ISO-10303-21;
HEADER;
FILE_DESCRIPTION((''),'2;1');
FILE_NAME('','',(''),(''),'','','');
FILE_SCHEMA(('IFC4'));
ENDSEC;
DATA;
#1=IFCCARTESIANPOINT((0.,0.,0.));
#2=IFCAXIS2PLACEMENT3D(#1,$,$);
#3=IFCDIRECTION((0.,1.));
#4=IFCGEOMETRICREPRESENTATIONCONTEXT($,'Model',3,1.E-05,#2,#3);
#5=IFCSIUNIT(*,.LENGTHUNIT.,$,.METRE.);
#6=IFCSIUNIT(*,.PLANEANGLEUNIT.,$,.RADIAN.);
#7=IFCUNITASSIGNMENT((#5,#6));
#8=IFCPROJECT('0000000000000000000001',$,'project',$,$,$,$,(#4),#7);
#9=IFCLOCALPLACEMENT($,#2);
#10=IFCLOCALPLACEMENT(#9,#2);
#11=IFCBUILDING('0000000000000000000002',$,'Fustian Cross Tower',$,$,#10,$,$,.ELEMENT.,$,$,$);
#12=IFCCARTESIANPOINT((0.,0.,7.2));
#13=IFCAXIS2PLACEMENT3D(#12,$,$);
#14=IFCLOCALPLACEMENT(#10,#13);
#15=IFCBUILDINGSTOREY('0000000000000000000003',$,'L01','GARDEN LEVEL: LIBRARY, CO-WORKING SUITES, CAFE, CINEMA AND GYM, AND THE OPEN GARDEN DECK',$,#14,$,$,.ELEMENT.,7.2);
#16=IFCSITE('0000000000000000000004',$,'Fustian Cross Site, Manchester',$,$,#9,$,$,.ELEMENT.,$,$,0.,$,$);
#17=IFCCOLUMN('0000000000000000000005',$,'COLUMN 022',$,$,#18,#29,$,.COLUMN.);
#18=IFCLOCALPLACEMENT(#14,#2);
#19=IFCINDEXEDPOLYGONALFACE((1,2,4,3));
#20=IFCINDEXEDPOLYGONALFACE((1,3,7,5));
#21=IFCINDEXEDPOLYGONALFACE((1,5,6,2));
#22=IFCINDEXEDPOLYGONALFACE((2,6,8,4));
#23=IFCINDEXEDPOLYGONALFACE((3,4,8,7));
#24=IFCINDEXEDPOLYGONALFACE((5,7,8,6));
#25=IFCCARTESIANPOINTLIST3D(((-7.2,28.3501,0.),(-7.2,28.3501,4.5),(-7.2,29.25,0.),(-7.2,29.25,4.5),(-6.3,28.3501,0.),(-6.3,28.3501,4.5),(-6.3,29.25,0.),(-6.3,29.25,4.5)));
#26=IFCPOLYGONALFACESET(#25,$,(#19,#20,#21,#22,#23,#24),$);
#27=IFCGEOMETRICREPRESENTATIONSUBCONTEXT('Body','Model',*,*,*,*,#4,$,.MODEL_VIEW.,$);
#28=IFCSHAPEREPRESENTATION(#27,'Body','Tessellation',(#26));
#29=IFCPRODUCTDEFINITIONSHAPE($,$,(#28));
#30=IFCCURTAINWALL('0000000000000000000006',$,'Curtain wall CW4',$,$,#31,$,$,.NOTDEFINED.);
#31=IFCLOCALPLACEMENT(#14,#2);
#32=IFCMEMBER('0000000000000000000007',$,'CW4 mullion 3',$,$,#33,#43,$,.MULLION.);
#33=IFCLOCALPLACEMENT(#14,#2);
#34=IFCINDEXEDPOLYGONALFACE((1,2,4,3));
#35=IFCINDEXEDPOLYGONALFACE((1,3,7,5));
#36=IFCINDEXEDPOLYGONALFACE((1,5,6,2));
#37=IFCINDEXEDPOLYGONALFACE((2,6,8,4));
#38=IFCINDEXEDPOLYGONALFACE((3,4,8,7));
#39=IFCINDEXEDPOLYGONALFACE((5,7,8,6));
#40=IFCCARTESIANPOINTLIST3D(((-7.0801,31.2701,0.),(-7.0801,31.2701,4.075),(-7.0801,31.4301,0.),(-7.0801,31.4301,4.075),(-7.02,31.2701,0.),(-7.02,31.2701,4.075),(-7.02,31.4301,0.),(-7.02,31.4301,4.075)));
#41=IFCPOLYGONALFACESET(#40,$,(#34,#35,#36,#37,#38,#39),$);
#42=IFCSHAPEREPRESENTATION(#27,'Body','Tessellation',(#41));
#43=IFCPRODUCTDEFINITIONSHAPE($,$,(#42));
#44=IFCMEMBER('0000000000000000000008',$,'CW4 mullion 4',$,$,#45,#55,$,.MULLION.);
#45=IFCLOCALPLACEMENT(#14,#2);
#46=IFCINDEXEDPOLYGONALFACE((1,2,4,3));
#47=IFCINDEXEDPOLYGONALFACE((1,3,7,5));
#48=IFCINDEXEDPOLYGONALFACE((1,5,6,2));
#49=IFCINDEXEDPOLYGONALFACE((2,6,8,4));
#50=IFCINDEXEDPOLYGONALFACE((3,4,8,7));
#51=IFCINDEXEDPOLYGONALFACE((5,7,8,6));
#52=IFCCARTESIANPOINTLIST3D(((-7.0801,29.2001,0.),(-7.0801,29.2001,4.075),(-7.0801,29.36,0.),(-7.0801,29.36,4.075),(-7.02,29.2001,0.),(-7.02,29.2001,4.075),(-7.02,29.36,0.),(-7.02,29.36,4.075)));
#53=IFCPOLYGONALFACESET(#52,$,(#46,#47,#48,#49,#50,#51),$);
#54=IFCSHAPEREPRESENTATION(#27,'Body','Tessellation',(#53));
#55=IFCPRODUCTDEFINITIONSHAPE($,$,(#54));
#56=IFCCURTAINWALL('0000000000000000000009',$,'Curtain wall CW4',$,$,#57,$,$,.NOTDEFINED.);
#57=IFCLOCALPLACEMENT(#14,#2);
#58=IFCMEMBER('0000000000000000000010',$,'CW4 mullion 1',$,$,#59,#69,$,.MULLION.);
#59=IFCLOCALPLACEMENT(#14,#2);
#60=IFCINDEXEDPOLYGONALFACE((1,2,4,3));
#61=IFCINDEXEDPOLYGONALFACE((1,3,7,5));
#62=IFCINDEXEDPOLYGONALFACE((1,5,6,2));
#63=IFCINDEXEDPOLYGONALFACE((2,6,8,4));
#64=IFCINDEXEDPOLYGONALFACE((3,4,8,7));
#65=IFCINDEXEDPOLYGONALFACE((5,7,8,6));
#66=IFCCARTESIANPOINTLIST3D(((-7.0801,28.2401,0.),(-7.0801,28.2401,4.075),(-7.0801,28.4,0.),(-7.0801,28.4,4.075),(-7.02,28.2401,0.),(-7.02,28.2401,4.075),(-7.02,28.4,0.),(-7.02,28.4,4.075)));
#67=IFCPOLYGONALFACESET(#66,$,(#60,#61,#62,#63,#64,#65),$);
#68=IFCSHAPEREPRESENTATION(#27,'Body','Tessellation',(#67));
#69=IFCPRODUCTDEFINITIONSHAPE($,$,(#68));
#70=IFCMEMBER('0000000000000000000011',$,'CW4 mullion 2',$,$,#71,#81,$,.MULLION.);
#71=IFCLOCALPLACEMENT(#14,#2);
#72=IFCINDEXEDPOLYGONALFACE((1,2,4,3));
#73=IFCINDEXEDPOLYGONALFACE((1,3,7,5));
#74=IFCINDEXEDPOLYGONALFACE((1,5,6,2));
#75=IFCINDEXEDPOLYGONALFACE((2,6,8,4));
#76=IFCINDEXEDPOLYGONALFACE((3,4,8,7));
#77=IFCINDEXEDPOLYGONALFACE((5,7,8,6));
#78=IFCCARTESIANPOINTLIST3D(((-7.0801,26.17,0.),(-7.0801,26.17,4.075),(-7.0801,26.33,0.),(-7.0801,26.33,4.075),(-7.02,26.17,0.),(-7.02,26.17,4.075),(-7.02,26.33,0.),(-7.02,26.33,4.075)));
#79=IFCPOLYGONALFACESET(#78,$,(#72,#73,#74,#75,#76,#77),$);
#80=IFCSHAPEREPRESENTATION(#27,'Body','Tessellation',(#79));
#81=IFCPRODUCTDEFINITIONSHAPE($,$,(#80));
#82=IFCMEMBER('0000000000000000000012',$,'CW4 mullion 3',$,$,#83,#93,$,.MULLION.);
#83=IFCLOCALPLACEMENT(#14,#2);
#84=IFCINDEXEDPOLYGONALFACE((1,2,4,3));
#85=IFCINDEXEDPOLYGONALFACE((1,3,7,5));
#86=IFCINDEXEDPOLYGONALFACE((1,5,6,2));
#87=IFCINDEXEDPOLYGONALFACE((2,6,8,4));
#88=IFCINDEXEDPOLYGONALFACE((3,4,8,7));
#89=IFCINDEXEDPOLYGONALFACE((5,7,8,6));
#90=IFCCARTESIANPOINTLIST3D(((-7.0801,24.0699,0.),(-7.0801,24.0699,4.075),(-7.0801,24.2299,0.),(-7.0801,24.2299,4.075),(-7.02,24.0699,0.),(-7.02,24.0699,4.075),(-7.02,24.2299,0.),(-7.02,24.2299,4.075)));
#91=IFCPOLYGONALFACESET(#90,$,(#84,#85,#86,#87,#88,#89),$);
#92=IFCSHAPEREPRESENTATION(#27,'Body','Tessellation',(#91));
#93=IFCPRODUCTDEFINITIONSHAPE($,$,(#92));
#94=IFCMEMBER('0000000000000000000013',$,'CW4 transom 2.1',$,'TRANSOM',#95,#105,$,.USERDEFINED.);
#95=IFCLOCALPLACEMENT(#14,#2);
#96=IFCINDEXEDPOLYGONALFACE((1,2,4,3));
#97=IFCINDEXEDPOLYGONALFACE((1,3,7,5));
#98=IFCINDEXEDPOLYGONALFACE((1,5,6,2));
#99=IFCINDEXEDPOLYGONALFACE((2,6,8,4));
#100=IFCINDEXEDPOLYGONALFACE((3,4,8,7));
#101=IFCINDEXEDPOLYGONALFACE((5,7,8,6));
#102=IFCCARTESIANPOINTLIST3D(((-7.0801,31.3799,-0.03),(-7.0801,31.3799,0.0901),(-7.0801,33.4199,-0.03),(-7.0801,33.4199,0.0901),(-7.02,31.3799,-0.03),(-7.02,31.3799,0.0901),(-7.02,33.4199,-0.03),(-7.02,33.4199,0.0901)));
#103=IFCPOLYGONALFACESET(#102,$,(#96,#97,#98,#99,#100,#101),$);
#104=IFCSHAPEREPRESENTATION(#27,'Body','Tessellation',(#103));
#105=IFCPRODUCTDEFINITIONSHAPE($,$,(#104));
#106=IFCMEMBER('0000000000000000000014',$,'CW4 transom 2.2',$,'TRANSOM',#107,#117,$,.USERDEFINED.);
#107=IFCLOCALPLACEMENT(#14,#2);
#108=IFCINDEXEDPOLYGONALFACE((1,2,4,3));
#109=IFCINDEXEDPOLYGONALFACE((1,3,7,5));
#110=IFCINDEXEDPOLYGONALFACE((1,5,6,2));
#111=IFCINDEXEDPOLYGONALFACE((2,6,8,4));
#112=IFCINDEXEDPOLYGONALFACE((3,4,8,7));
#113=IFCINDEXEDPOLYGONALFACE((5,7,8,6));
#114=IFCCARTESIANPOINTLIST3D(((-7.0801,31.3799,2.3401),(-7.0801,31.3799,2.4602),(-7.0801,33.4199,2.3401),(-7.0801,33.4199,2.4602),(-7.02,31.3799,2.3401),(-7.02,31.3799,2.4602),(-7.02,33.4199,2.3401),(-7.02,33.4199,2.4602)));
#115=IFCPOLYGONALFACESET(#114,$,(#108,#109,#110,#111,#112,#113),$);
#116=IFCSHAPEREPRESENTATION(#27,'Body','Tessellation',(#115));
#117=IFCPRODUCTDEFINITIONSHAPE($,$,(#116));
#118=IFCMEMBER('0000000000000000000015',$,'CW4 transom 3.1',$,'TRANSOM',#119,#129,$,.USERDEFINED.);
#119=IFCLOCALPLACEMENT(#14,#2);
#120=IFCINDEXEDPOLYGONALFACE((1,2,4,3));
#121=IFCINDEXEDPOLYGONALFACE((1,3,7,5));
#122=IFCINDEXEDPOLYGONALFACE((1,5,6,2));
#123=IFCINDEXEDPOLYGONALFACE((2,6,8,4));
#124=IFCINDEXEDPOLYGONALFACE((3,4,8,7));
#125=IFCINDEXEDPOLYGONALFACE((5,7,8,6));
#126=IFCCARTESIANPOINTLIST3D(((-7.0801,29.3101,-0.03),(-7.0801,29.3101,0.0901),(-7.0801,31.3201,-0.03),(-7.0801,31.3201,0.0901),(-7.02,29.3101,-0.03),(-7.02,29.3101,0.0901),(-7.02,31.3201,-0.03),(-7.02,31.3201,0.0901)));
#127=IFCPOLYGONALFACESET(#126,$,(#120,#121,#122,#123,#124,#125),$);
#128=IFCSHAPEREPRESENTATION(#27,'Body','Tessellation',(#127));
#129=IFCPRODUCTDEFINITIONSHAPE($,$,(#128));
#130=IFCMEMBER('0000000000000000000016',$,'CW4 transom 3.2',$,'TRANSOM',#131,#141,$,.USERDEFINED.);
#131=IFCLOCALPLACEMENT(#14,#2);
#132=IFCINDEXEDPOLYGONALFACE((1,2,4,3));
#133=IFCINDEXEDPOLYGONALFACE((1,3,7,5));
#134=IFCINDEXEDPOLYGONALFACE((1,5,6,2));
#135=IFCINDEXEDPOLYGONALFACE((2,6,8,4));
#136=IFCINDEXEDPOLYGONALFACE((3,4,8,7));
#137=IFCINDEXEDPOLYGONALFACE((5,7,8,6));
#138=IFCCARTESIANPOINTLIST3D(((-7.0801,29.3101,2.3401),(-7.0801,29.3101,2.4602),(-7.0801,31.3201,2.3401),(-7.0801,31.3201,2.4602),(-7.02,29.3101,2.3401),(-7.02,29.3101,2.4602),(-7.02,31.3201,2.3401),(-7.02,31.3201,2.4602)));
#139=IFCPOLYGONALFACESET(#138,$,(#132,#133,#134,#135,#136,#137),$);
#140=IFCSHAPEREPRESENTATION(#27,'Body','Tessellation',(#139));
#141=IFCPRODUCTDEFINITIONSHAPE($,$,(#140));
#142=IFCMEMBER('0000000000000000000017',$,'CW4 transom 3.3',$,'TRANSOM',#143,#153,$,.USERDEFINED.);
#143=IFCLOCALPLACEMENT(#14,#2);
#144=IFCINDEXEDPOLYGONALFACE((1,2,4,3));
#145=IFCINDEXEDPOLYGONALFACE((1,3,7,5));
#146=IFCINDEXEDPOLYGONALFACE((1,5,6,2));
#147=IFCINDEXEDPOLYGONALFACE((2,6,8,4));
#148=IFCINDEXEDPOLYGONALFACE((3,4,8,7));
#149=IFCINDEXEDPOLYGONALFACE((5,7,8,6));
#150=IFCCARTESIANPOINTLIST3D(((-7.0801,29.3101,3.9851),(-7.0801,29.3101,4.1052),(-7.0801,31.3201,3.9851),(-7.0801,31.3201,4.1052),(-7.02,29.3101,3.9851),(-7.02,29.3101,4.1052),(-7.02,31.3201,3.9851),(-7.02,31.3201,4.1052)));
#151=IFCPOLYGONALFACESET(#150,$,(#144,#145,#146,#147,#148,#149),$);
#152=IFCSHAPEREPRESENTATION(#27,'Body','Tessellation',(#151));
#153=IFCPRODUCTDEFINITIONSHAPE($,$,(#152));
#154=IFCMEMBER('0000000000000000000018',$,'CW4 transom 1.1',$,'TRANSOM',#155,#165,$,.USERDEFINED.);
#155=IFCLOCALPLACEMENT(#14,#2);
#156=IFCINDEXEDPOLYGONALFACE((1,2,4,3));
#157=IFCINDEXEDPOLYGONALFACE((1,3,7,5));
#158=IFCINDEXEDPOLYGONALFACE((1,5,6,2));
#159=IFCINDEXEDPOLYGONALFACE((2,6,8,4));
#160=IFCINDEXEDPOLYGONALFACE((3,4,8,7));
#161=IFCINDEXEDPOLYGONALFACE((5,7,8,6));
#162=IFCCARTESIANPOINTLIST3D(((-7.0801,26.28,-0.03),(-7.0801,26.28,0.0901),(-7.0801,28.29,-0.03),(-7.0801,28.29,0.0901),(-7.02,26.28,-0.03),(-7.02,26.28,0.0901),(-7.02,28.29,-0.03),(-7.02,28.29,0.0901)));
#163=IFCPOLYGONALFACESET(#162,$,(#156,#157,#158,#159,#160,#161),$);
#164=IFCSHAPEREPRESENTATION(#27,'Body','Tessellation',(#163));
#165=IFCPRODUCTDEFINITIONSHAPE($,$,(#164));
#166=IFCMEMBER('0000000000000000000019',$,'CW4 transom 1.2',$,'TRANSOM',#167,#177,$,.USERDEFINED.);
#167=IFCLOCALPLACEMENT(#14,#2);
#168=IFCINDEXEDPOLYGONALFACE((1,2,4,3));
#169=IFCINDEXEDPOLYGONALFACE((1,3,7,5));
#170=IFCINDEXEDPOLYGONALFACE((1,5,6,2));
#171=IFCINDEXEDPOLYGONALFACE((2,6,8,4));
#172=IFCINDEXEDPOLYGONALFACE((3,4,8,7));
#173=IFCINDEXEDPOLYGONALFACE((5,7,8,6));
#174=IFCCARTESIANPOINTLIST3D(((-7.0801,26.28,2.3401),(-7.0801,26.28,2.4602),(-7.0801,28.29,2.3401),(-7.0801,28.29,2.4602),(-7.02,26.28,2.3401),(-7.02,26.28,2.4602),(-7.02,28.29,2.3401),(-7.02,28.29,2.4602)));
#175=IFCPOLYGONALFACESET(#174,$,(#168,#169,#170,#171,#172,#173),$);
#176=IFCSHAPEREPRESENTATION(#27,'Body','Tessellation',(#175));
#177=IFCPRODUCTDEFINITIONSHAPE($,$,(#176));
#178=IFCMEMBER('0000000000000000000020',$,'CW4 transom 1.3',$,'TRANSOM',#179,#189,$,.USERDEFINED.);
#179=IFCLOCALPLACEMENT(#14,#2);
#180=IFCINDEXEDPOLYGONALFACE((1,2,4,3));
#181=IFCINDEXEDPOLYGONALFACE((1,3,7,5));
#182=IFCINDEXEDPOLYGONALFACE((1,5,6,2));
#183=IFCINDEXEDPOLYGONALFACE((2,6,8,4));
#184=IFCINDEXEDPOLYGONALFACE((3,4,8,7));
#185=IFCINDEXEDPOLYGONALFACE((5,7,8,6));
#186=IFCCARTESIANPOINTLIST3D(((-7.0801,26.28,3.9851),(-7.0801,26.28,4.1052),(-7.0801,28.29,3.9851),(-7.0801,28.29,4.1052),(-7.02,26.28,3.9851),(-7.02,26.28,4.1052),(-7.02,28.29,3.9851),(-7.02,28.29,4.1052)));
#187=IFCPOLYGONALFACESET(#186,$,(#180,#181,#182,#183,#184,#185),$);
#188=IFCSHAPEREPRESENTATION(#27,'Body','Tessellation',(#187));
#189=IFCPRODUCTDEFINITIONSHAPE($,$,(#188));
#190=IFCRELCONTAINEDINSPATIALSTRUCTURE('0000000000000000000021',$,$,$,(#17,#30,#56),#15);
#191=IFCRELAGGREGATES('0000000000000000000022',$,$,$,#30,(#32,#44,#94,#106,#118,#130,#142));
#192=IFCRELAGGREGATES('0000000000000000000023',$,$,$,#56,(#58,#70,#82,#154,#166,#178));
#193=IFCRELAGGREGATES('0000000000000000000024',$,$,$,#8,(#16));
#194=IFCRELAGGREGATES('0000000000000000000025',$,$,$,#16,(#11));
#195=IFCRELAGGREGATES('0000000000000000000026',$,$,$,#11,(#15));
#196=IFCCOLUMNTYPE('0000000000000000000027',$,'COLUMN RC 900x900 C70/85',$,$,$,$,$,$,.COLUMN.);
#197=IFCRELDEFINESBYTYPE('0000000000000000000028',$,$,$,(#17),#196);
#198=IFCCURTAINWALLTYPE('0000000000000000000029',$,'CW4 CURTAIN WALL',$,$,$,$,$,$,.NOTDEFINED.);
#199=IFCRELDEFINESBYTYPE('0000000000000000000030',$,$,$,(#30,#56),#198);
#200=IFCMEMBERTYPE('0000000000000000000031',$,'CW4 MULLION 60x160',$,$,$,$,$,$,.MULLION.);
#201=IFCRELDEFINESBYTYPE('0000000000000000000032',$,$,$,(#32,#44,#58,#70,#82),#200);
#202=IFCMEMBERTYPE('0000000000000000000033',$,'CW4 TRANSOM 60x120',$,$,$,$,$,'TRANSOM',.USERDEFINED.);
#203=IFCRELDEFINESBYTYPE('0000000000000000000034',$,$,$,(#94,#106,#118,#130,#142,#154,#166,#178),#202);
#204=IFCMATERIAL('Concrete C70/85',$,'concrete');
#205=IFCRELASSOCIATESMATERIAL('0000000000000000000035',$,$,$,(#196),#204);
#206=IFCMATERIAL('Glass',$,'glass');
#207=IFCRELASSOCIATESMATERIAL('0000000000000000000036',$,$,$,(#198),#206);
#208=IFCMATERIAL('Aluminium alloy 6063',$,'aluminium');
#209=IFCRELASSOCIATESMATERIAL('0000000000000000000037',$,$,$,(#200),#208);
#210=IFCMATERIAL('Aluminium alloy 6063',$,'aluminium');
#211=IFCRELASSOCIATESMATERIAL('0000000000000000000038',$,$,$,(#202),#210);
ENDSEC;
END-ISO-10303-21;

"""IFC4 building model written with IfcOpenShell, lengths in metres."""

from ifc_helpers import new_model, si_unit, direction, frame, origin, origin_2d, place, context, subcontext, project, spatial, rectangle, extrude, material, material_profile, profile_set, type_object, element, aggregate, save


model = new_model("IFC4")

# Units and contexts
model_context = context("Model", 3, precision=1e-05, world=origin(), true_north=direction((0.0, 1.0)))
body_context = subcontext(model_context, "Body", "Model", "MODEL_VIEW")
ifc_project = project(units=[si_unit("LENGTHUNIT", "METRE"), si_unit("PLANEANGLEUNIT", "RADIAN")], contexts=[model_context])

# Site, building, storey
site_placement = place(None, origin())
site = spatial("IfcSite", under=ifc_project, at=site_placement, Name="Fustian Cross Site, Manchester", CompositionType="ELEMENT", RefElevation=0.0)
building_placement = place(site_placement, origin())
building = spatial("IfcBuilding", under=site, at=building_placement, Name="Fustian Cross Tower", CompositionType="ELEMENT")
storey_placement = place(building_placement, frame((0.0, 0.0, 7.2)))
storey = spatial("IfcBuildingStorey", under=building, at=storey_placement, Name="L01", Description="GARDEN LEVEL: LIBRARY, CO-WORKING SUITES, CAFE, CINEMA AND GYM, AND THE OPEN GARDEN DECK", CompositionType="ELEMENT", Elevation=7.2)

# Column
ifc_material_1 = material(Name="Concrete C70/85", Category="concrete")
ifc_material_profile_1 = material_profile(ifc_material_1, rectangle(XDim=0.8999, YDim=0.8999, at=origin_2d()), Name="RC 900x900")
ifc_profile_set_1 = profile_set([ifc_material_profile_1], Name="Concrete C70/85")
column_type = type_object("IfcColumnType", Name="COLUMN RC 900x900 C70/85", PredefinedType="COLUMN", material=ifc_profile_set_1)
column_placement = place(storey_placement, frame((-6.75, 28.8, 0.0), z_axis=(0.0, 0.0, 1.0), x_axis=(1.0, 0.0, 0.0)))
element("IfcColumn", 1, at=column_placement, inside=storey, type_object=column_type, Name="COLUMN 022", PredefinedType="COLUMN", context=body_context, shape_type="SweptSolid", body=[
    extrude(rectangle(XDim=0.8999, YDim=0.8999, at=origin_2d()), origin(), (0.0, 0.0, 1.0), 4.5),
])

# Curtain walls, members
ifc_material_2 = material(Name="Glass", Category="glass")
curtain_wall_type = type_object("IfcCurtainWallType", Name="CW4 CURTAIN WALL", PredefinedType="NOTDEFINED", material=ifc_material_2)
curtain_wall_1_placement = place(storey_placement, origin())
curtain_wall_1 = element("IfcCurtainWall", 2, at=curtain_wall_1_placement, inside=storey, type_object=curtain_wall_type, Name="Curtain wall CW4", PredefinedType="NOTDEFINED")
ifc_material_3 = material(Name="Aluminium alloy 6063", Category="aluminium")
ifc_material_profile_2 = material_profile(ifc_material_3, rectangle(XDim=0.0601, YDim=0.1599, at=origin_2d()), Name="CW4 MULLION 60x160")
ifc_profile_set_2 = profile_set([ifc_material_profile_2], Name="Aluminium alloy 6063")
member_type_1 = type_object("IfcMemberType", Name="CW4 MULLION 60x160", PredefinedType="MULLION", material=ifc_profile_set_2)
member_1_placement = place(storey_placement, frame((-7.05, 31.3501, 0.0), z_axis=(0.0, 0.0, 1.0), x_axis=(1.0, 0.0, 0.0)))
member_1 = element("IfcMember", 3, at=member_1_placement, type_object=member_type_1, Name="CW4 mullion 3", PredefinedType="MULLION", context=body_context, shape_type="SweptSolid", body=[
    extrude(rectangle(XDim=0.0601, YDim=0.1599, at=origin_2d()), origin(), (0.0, 0.0, 1.0), 4.075),
])
member_2_placement = place(storey_placement, frame((-7.05, 29.28, 0.0), z_axis=(0.0, 0.0, 1.0), x_axis=(1.0, 0.0, 0.0)))
member_2 = element("IfcMember", 4, at=member_2_placement, type_object=member_type_1, Name="CW4 mullion 4", PredefinedType="MULLION", context=body_context, shape_type="SweptSolid", body=[
    extrude(rectangle(XDim=0.0601, YDim=0.1599, at=origin_2d()), origin(), (0.0, 0.0, 1.0), 4.075),
])
curtain_wall_2_placement = place(storey_placement, origin())
curtain_wall_2 = element("IfcCurtainWall", 5, at=curtain_wall_2_placement, inside=storey, type_object=curtain_wall_type, Name="Curtain wall CW4", PredefinedType="NOTDEFINED")
member_3_placement = place(storey_placement, frame((-7.05, 28.3201, 0.0), z_axis=(0.0, 0.0, 1.0), x_axis=(1.0, 0.0, 0.0)))
member_3 = element("IfcMember", 6, at=member_3_placement, type_object=member_type_1, Name="CW4 mullion 1", PredefinedType="MULLION", context=body_context, shape_type="SweptSolid", body=[
    extrude(rectangle(XDim=0.0601, YDim=0.1599, at=origin_2d()), origin(), (0.0, 0.0, 1.0), 4.075),
])
member_4_placement = place(storey_placement, frame((-7.05, 26.25, 0.0), z_axis=(0.0, 0.0, 1.0), x_axis=(1.0, 0.0, 0.0)))
member_4 = element("IfcMember", 7, at=member_4_placement, type_object=member_type_1, Name="CW4 mullion 2", PredefinedType="MULLION", context=body_context, shape_type="SweptSolid", body=[
    extrude(rectangle(XDim=0.0601, YDim=0.1599, at=origin_2d()), origin(), (0.0, 0.0, 1.0), 4.075),
])
member_5_placement = place(storey_placement, frame((-7.05, 24.1499, 0.0), z_axis=(0.0, 0.0, 1.0), x_axis=(1.0, 0.0, 0.0)))
member_5 = element("IfcMember", 8, at=member_5_placement, type_object=member_type_1, Name="CW4 mullion 3", PredefinedType="MULLION", context=body_context, shape_type="SweptSolid", body=[
    extrude(rectangle(XDim=0.0601, YDim=0.1599, at=origin_2d()), origin(), (0.0, 0.0, 1.0), 4.075),
])

# Members
ifc_material_4 = material(Name="Aluminium alloy 6063", Category="aluminium")
ifc_material_profile_3 = material_profile(ifc_material_4, rectangle(XDim=0.0601, YDim=0.1201, at=origin_2d()), Name="CW4 TRANSOM 60x120")
ifc_profile_set_3 = profile_set([ifc_material_profile_3], Name="Aluminium alloy 6063")
member_type_2 = type_object("IfcMemberType", Name="CW4 TRANSOM 60x120", ElementType="TRANSOM", PredefinedType="USERDEFINED", material=ifc_profile_set_3)
member_6_placement = place(storey_placement, frame((-7.05, 33.4199, 0.03), z_axis=(0.0, -1.0, 0.0), x_axis=(1.0, 0.0, 0.0)))
member_6 = element("IfcMember", 9, at=member_6_placement, type_object=member_type_2, Name="CW4 transom 2.1", ObjectType="TRANSOM", PredefinedType="USERDEFINED", context=body_context, shape_type="SweptSolid", body=[
    extrude(rectangle(XDim=0.0601, YDim=0.1201, at=origin_2d()), origin(), (0.0, 0.0, 1.0), 2.04),
])
member_7_placement = place(storey_placement, frame((-7.05, 33.4199, 2.4001), z_axis=(0.0, -1.0, 0.0), x_axis=(1.0, 0.0, 0.0)))
member_7 = element("IfcMember", 10, at=member_7_placement, type_object=member_type_2, Name="CW4 transom 2.2", ObjectType="TRANSOM", PredefinedType="USERDEFINED", context=body_context, shape_type="SweptSolid", body=[
    extrude(rectangle(XDim=0.0601, YDim=0.1201, at=origin_2d()), origin(), (0.0, 0.0, 1.0), 2.04),
])
member_8_placement = place(storey_placement, frame((-7.05, 31.3201, 0.03), z_axis=(0.0, -1.0, 0.0), x_axis=(1.0, 0.0, 0.0)))
member_8 = element("IfcMember", 11, at=member_8_placement, type_object=member_type_2, Name="CW4 transom 3.1", ObjectType="TRANSOM", PredefinedType="USERDEFINED", context=body_context, shape_type="SweptSolid", body=[
    extrude(rectangle(XDim=0.0601, YDim=0.1201, at=origin_2d()), origin(), (0.0, 0.0, 1.0), 2.01),
])
member_9_placement = place(storey_placement, frame((-7.05, 31.3201, 2.4001), z_axis=(0.0, -1.0, 0.0), x_axis=(1.0, 0.0, 0.0)))
member_9 = element("IfcMember", 12, at=member_9_placement, type_object=member_type_2, Name="CW4 transom 3.2", ObjectType="TRANSOM", PredefinedType="USERDEFINED", context=body_context, shape_type="SweptSolid", body=[
    extrude(rectangle(XDim=0.0601, YDim=0.1201, at=origin_2d()), origin(), (0.0, 0.0, 1.0), 2.01),
])
member_10_placement = place(storey_placement, frame((-7.05, 31.3201, 4.0452), z_axis=(0.0, -1.0, 0.0), x_axis=(1.0, 0.0, 0.0)))
member_10 = element("IfcMember", 13, at=member_10_placement, type_object=member_type_2, Name="CW4 transom 3.3", ObjectType="TRANSOM", PredefinedType="USERDEFINED", context=body_context, shape_type="SweptSolid", body=[
    extrude(rectangle(XDim=0.0601, YDim=0.1201, at=origin_2d()), origin(), (0.0, 0.0, 1.0), 2.01),
])
member_11_placement = place(storey_placement, frame((-7.05, 28.29, 0.03), z_axis=(0.0, -1.0, 0.0), x_axis=(1.0, 0.0, 0.0)))
member_11 = element("IfcMember", 14, at=member_11_placement, type_object=member_type_2, Name="CW4 transom 1.1", ObjectType="TRANSOM", PredefinedType="USERDEFINED", context=body_context, shape_type="SweptSolid", body=[
    extrude(rectangle(XDim=0.0601, YDim=0.1201, at=origin_2d()), origin(), (0.0, 0.0, 1.0), 2.01),
])
member_12_placement = place(storey_placement, frame((-7.05, 28.29, 2.4001), z_axis=(0.0, -1.0, 0.0), x_axis=(1.0, 0.0, 0.0)))
member_12 = element("IfcMember", 15, at=member_12_placement, type_object=member_type_2, Name="CW4 transom 1.2", ObjectType="TRANSOM", PredefinedType="USERDEFINED", context=body_context, shape_type="SweptSolid", body=[
    extrude(rectangle(XDim=0.0601, YDim=0.1201, at=origin_2d()), origin(), (0.0, 0.0, 1.0), 2.01),
])
member_13_placement = place(storey_placement, frame((-7.05, 28.29, 4.0452), z_axis=(0.0, -1.0, 0.0), x_axis=(1.0, 0.0, 0.0)))
member_13 = element("IfcMember", 16, at=member_13_placement, type_object=member_type_2, Name="CW4 transom 1.3", ObjectType="TRANSOM", PredefinedType="USERDEFINED", context=body_context, shape_type="SweptSolid", body=[
    extrude(rectangle(XDim=0.0601, YDim=0.1201, at=origin_2d()), origin(), (0.0, 0.0, 1.0), 2.01),
])

aggregate(curtain_wall_1, [member_1, member_2, member_6, member_7, member_8, member_9, member_10])
aggregate(curtain_wall_2, [member_3, member_4, member_5, member_11, member_12, member_13])

save(model, "model.ifc")
